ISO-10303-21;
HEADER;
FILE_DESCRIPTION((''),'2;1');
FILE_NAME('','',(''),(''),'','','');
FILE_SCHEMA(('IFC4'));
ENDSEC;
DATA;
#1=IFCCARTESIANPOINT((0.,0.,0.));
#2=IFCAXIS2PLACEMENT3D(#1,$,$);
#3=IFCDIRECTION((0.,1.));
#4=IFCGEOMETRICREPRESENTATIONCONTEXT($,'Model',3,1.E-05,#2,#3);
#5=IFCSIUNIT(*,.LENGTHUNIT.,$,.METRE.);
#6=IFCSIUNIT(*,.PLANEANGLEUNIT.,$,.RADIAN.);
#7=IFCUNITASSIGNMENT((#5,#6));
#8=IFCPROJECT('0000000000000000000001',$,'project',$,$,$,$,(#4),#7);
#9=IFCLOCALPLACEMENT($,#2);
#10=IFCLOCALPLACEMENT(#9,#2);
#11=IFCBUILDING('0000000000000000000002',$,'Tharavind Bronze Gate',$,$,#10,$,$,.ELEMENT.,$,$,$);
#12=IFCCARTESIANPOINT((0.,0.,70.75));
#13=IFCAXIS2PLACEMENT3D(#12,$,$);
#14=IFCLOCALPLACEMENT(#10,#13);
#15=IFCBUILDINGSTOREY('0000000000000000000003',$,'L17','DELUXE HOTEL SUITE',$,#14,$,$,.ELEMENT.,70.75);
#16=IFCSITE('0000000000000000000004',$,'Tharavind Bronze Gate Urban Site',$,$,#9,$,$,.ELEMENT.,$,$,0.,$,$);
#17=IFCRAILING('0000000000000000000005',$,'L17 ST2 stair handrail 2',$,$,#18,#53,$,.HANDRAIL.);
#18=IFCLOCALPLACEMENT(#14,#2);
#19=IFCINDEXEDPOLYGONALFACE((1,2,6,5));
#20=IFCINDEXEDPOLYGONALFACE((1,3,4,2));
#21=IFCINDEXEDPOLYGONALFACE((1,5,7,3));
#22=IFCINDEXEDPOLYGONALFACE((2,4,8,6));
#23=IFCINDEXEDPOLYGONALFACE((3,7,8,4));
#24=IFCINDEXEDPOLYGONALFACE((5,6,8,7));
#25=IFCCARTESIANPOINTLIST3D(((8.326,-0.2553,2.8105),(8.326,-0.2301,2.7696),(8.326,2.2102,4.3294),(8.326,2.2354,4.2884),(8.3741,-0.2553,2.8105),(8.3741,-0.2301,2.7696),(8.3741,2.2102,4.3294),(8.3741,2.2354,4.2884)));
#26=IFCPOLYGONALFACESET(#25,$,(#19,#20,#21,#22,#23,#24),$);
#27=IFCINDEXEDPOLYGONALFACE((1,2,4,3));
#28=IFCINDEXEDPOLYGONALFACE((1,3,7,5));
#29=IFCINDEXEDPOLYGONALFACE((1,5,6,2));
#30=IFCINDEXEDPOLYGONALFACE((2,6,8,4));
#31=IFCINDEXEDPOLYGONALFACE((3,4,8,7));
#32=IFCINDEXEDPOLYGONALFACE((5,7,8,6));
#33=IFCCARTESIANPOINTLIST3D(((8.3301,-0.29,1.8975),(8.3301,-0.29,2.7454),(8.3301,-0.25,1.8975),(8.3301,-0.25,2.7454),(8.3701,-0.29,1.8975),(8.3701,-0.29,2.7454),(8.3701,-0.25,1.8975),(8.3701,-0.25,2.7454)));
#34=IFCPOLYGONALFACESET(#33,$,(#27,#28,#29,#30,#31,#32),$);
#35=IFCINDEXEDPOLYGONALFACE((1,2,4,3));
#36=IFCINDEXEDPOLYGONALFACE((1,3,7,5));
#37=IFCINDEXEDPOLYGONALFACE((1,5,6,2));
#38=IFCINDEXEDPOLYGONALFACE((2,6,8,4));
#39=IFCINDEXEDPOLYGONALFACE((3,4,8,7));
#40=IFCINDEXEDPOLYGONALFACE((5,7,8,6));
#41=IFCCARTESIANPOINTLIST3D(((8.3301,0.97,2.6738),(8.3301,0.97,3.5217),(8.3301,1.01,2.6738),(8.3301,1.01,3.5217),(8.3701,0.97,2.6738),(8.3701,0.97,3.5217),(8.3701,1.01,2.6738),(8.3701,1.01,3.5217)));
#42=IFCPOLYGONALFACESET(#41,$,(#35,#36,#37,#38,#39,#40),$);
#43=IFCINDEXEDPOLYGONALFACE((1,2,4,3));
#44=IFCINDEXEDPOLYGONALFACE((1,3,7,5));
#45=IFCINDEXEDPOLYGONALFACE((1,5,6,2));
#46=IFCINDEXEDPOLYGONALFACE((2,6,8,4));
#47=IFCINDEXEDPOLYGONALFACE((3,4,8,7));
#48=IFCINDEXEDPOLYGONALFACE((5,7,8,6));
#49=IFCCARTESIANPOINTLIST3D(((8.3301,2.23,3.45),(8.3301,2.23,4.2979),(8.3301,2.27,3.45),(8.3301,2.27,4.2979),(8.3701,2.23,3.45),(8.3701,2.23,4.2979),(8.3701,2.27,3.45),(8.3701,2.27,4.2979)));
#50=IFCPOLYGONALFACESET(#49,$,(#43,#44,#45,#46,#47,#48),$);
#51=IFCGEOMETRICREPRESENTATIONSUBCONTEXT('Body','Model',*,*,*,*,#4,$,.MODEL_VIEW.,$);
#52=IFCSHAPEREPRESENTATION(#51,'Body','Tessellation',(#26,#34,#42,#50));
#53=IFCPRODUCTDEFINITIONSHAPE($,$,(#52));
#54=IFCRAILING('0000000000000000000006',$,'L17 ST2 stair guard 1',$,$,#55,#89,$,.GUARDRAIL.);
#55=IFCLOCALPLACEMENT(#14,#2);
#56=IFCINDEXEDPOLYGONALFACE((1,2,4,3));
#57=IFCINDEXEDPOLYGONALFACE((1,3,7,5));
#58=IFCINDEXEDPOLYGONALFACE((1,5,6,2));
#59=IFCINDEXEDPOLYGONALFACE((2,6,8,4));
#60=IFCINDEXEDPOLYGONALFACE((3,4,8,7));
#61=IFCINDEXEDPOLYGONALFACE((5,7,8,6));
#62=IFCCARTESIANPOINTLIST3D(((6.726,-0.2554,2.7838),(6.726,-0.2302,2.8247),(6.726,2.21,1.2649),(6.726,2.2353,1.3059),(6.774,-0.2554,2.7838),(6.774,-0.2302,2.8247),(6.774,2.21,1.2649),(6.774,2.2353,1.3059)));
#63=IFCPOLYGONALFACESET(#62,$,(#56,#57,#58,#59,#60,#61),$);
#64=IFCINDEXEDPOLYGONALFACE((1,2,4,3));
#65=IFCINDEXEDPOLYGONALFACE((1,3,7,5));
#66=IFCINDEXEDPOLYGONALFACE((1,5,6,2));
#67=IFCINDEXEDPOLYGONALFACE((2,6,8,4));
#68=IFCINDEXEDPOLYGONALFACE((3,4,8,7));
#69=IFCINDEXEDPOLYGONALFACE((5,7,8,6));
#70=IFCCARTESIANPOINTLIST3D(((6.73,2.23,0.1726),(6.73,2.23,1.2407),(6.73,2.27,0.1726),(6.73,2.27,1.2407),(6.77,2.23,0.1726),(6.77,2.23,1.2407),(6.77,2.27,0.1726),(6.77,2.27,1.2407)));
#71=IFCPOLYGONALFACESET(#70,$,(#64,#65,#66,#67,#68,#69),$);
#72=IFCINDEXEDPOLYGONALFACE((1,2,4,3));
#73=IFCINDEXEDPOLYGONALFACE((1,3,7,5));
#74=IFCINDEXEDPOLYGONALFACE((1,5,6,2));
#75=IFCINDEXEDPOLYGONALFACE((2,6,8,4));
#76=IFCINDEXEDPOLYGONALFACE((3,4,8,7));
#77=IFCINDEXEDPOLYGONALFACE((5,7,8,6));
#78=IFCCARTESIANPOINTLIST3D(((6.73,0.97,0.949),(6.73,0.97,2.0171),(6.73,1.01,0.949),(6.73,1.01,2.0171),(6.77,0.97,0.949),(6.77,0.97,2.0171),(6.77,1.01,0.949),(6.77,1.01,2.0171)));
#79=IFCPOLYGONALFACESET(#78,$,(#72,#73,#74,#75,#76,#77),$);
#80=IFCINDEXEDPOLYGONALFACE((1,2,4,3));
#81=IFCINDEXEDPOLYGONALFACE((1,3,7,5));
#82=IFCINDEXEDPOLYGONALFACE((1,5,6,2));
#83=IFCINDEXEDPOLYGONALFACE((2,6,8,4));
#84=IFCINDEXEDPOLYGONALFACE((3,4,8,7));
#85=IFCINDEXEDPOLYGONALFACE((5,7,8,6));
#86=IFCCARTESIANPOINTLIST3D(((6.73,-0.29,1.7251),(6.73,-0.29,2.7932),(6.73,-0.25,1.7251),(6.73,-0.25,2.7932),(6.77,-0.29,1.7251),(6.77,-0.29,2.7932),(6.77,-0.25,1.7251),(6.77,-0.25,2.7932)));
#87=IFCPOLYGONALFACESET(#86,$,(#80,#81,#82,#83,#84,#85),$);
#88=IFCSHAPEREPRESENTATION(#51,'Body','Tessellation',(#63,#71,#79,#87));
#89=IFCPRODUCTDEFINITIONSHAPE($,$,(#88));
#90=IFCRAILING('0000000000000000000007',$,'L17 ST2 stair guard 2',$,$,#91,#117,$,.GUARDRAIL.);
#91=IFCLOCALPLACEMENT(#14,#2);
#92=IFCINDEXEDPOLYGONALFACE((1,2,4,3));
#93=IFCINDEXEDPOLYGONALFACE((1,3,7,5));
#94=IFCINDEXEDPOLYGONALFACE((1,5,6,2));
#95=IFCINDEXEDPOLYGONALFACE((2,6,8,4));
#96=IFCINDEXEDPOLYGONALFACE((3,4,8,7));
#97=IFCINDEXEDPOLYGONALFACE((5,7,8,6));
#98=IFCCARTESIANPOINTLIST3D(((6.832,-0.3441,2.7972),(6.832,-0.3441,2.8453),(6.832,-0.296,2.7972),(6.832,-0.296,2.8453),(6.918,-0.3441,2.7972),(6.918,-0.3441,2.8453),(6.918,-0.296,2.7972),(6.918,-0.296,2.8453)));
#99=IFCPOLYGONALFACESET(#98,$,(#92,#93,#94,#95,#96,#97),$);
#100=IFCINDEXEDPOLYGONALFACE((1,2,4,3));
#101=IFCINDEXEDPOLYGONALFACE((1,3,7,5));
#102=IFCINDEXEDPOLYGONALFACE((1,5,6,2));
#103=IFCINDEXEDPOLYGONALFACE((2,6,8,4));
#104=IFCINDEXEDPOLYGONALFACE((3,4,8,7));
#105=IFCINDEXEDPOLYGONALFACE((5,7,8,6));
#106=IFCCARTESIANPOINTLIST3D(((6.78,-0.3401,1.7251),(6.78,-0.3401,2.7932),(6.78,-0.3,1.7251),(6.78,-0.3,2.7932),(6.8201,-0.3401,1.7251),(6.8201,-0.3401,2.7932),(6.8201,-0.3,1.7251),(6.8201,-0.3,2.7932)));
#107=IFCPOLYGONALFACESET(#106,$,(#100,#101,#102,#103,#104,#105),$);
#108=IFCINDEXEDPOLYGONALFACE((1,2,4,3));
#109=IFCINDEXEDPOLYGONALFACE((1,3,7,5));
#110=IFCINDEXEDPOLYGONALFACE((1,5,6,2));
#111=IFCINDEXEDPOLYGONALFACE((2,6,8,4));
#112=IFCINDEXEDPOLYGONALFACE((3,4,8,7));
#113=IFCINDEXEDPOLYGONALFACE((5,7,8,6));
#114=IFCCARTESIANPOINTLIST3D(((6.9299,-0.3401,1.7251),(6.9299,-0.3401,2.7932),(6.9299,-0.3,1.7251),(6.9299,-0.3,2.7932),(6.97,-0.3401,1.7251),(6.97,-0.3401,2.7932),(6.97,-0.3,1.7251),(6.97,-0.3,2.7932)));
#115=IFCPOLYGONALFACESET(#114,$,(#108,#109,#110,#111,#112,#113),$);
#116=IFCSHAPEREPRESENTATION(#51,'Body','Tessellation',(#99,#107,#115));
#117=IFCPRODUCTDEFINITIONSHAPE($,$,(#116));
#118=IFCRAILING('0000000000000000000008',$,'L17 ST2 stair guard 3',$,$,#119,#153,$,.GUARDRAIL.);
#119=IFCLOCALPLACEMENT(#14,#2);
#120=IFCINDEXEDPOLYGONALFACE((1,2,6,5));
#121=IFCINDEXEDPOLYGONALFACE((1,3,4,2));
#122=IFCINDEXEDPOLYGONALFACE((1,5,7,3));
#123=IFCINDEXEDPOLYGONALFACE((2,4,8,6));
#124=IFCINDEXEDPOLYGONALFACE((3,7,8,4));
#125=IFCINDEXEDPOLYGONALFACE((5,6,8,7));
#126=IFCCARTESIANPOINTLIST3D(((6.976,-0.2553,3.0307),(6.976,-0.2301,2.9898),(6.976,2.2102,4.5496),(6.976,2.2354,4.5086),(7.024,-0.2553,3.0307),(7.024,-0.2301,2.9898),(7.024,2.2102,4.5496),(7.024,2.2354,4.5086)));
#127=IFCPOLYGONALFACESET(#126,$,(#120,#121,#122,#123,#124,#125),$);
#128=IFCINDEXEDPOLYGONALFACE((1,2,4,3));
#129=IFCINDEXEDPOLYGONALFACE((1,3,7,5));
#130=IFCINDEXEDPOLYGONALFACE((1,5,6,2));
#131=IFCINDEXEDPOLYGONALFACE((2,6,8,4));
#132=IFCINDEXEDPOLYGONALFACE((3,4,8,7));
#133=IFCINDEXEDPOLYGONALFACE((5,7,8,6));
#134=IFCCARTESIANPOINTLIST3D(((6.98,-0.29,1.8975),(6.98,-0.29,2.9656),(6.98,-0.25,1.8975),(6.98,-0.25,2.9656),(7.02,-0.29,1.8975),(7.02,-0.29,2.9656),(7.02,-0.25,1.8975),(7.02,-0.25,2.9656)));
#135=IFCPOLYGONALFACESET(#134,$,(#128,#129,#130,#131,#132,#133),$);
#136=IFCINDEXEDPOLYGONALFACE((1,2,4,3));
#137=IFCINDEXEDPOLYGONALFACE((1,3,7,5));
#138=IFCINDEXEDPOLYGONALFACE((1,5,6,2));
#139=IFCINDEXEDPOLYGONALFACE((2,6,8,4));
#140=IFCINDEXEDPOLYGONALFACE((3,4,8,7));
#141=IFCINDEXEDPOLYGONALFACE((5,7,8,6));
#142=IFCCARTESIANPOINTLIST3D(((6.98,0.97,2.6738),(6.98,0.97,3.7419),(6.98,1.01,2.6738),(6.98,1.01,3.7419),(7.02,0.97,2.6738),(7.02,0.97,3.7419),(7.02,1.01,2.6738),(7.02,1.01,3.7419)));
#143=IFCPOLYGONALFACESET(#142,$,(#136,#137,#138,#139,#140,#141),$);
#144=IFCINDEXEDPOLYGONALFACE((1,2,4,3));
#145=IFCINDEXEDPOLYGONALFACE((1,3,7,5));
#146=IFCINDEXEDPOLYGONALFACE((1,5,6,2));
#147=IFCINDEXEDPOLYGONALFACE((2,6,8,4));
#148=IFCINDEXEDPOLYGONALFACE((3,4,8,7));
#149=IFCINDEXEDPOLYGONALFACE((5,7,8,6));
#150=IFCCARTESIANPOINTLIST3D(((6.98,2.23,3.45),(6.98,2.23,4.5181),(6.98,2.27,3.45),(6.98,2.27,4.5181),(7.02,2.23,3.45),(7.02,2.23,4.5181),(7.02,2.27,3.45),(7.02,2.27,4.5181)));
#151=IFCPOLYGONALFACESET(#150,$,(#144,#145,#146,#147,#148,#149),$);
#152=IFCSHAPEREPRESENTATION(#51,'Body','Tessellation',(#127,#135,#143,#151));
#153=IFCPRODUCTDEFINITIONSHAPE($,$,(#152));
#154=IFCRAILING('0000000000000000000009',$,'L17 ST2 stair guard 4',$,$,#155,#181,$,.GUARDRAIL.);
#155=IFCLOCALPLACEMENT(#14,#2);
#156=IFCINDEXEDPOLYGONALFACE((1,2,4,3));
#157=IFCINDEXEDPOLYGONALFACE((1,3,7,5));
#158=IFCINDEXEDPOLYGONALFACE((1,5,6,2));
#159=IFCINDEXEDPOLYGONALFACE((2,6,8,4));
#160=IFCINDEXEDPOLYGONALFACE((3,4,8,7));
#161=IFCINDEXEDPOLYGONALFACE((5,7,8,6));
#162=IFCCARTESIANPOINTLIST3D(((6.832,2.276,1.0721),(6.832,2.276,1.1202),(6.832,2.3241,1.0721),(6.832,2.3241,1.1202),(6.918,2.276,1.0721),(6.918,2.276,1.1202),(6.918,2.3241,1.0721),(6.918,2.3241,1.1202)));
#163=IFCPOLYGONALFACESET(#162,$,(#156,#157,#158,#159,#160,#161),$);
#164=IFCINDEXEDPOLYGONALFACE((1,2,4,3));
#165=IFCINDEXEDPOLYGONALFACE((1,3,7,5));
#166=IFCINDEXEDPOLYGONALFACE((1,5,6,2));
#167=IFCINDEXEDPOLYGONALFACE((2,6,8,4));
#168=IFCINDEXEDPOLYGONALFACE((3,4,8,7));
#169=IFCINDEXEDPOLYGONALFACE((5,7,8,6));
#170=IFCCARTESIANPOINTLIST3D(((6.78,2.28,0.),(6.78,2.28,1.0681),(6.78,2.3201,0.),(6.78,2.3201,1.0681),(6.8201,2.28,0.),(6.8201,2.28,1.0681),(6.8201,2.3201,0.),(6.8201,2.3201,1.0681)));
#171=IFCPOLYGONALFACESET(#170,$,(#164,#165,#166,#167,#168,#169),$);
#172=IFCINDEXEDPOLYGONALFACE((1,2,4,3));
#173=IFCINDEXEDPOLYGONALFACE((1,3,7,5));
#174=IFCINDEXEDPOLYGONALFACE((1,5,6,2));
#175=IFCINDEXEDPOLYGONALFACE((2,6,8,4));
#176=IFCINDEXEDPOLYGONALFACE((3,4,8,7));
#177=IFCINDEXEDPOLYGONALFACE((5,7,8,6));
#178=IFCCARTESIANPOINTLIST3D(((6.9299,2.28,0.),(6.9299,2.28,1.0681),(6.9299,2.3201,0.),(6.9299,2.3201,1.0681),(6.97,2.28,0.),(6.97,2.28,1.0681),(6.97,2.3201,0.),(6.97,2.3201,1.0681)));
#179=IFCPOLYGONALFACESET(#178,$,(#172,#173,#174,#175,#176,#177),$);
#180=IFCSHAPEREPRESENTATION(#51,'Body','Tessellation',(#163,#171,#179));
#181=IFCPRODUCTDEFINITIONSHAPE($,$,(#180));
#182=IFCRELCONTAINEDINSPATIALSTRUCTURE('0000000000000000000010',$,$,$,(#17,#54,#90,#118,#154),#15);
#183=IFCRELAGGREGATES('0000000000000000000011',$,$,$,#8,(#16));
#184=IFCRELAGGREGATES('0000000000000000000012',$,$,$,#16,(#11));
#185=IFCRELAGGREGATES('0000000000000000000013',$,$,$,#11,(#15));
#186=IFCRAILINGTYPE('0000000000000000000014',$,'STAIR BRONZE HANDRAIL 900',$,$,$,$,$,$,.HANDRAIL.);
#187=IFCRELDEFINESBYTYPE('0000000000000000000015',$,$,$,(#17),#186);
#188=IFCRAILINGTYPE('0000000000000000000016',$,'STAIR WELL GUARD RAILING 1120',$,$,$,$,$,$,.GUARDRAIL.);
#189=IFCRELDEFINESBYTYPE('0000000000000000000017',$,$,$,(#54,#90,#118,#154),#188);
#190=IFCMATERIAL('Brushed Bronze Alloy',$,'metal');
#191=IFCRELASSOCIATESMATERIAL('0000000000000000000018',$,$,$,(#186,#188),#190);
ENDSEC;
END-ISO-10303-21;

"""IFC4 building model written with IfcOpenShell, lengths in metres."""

from ifc_helpers import new_model, si_unit, direction, frame, origin, origin_2d, place, context, subcontext, project, spatial, rectangle, extrude, material, type_object, element, save


model = new_model("IFC4")

# Units and contexts
model_context = context("Model", 3, precision=1e-05, world=origin(), true_north=direction((0.0, 1.0)))
body_context = subcontext(model_context, "Body", "Model", "MODEL_VIEW")
ifc_project = project(units=[si_unit("LENGTHUNIT", "METRE"), si_unit("PLANEANGLEUNIT", "RADIAN")], contexts=[model_context])

# Site, building, storey
site_placement = place(None, origin())
site = spatial("IfcSite", under=ifc_project, at=site_placement, Name="Tharavind Bronze Gate Urban Site", CompositionType="ELEMENT", RefElevation=0.0)
building_placement = place(site_placement, origin())
building = spatial("IfcBuilding", under=site, at=building_placement, Name="Tharavind Bronze Gate", CompositionType="ELEMENT")
storey_placement = place(building_placement, frame((0.0, 0.0, 70.75)))
storey = spatial("IfcBuildingStorey", under=building, at=storey_placement, Name="L17", Description="DELUXE HOTEL SUITE", CompositionType="ELEMENT", Elevation=70.75)

# Railings
ifc_material_1 = material(Name="Brushed Bronze Alloy", Category="metal")
railing_type_1 = type_object("IfcRailingType", Name="STAIR BRONZE HANDRAIL 900", PredefinedType="HANDRAIL", material=ifc_material_1)
railing_1_placement = place(storey_placement, frame((8.3501, -0.27, 1.8975)))
element("IfcRailing", 1, at=railing_1_placement, inside=storey, type_object=railing_type_1, Name="L17 ST2 stair handrail 2", PredefinedType="HANDRAIL", context=body_context, shape_type="SweptSolid", body=[
    extrude(rectangle(XDim=0.0481, YDim=0.0481, at=origin_2d()), frame((0.0, 0.0273, 0.8926), z_axis=(0.0, 0.8514, 0.524516), x_axis=(-1.0, 0.0, 0.0)), (0.0, 0.0, 1.0), 2.8958),
    extrude(rectangle(XDim=0.04, YDim=0.04, at=origin_2d()), origin(), (0.0, 0.0, 1.0), 0.8479),
    extrude(rectangle(XDim=0.04, YDim=0.04, at=origin_2d()), frame((0.0, 1.26, 0.7764)), (0.0, 0.0, 1.0), 0.8479),
    extrude(rectangle(XDim=0.04, YDim=0.04, at=origin_2d()), frame((0.0, 2.52, 1.5525)), (0.0, 0.0, 1.0), 0.8479),
])
railing_type_2 = type_object("IfcRailingType", Name="STAIR WELL GUARD RAILING 1120", PredefinedType="GUARDRAIL", material=ifc_material_1)
railing_2_placement = place(storey_placement, frame((6.75, 2.25, 0.1726)))
element("IfcRailing", 2, at=railing_2_placement, inside=storey, type_object=railing_type_2, Name="L17 ST2 stair guard 1", PredefinedType="GUARDRAIL", context=body_context, shape_type="SweptSolid", body=[
    extrude(rectangle(XDim=0.0481, YDim=0.0481, at=origin_2d()), frame((0.0, -0.0273, 1.1128), z_axis=(0.0, -0.8514, 0.524516), x_axis=(1.0, 0.0, 0.0)), (0.0, 0.0, 1.0), 2.8958),
    extrude(rectangle(XDim=0.04, YDim=0.04, at=origin_2d()), origin(), (0.0, 0.0, 1.0), 1.0681),
    extrude(rectangle(XDim=0.04, YDim=0.04, at=origin_2d()), frame((0.0, -1.26, 0.7764)), (0.0, 0.0, 1.0), 1.0681),
    extrude(rectangle(XDim=0.04, YDim=0.04, at=origin_2d()), frame((0.0, -2.52, 1.5525)), (0.0, 0.0, 1.0), 1.0681),
])
railing_3_placement = place(storey_placement, frame((6.8, -0.3201, 1.7251)))
element("IfcRailing", 3, at=railing_3_placement, inside=storey, type_object=railing_type_2, Name="L17 ST2 stair guard 2", PredefinedType="GUARDRAIL", context=body_context, shape_type="SweptSolid", body=[
    extrude(rectangle(XDim=0.0481, YDim=0.0481, at=origin_2d()), frame((0.032, 0.0, 1.0962), z_axis=(1.0, 0.0, 0.0), x_axis=(0.0, 1.0, 0.0)), (0.0, 0.0, 1.0), 0.0859),
    extrude(rectangle(XDim=0.04, YDim=0.04, at=origin_2d()), origin(), (0.0, 0.0, 1.0), 1.0681),
    extrude(rectangle(XDim=0.04, YDim=0.04, at=origin_2d()), frame((0.1499, 0.0, 0.0)), (0.0, 0.0, 1.0), 1.0681),
])
railing_4_placement = place(storey_placement, frame((7.0, -0.27, 1.8975)))
element("IfcRailing", 4, at=railing_4_placement, inside=storey, type_object=railing_type_2, Name="L17 ST2 stair guard 3", PredefinedType="GUARDRAIL", context=body_context, shape_type="SweptSolid", body=[
    extrude(rectangle(XDim=0.0481, YDim=0.0481, at=origin_2d()), frame((0.0, 0.0273, 1.1128), z_axis=(0.0, 0.8514, 0.524516), x_axis=(-1.0, 0.0, 0.0)), (0.0, 0.0, 1.0), 2.8958),
    extrude(rectangle(XDim=0.04, YDim=0.04, at=origin_2d()), origin(), (0.0, 0.0, 1.0), 1.0681),
    extrude(rectangle(XDim=0.04, YDim=0.04, at=origin_2d()), frame((0.0, 1.26, 0.7764)), (0.0, 0.0, 1.0), 1.0681),
    extrude(rectangle(XDim=0.04, YDim=0.04, at=origin_2d()), frame((0.0, 2.52, 1.5525)), (0.0, 0.0, 1.0), 1.0681),
])
railing_5_placement = place(storey_placement, frame((6.8, 2.3, 0.0)))
element("IfcRailing", 5, at=railing_5_placement, inside=storey, type_object=railing_type_2, Name="L17 ST2 stair guard 4", PredefinedType="GUARDRAIL", context=body_context, shape_type="SweptSolid", body=[
    extrude(rectangle(XDim=0.0481, YDim=0.0481, at=origin_2d()), frame((0.032, 0.0, 1.0962), z_axis=(1.0, 0.0, 0.0), x_axis=(0.0, 1.0, 0.0)), (0.0, 0.0, 1.0), 0.0859),
    extrude(rectangle(XDim=0.04, YDim=0.04, at=origin_2d()), origin(), (0.0, 0.0, 1.0), 1.0681),
    extrude(rectangle(XDim=0.04, YDim=0.04, at=origin_2d()), frame((0.1499, 0.0, 0.0)), (0.0, 0.0, 1.0), 1.0681),
])

save(model, "model.ifc")
